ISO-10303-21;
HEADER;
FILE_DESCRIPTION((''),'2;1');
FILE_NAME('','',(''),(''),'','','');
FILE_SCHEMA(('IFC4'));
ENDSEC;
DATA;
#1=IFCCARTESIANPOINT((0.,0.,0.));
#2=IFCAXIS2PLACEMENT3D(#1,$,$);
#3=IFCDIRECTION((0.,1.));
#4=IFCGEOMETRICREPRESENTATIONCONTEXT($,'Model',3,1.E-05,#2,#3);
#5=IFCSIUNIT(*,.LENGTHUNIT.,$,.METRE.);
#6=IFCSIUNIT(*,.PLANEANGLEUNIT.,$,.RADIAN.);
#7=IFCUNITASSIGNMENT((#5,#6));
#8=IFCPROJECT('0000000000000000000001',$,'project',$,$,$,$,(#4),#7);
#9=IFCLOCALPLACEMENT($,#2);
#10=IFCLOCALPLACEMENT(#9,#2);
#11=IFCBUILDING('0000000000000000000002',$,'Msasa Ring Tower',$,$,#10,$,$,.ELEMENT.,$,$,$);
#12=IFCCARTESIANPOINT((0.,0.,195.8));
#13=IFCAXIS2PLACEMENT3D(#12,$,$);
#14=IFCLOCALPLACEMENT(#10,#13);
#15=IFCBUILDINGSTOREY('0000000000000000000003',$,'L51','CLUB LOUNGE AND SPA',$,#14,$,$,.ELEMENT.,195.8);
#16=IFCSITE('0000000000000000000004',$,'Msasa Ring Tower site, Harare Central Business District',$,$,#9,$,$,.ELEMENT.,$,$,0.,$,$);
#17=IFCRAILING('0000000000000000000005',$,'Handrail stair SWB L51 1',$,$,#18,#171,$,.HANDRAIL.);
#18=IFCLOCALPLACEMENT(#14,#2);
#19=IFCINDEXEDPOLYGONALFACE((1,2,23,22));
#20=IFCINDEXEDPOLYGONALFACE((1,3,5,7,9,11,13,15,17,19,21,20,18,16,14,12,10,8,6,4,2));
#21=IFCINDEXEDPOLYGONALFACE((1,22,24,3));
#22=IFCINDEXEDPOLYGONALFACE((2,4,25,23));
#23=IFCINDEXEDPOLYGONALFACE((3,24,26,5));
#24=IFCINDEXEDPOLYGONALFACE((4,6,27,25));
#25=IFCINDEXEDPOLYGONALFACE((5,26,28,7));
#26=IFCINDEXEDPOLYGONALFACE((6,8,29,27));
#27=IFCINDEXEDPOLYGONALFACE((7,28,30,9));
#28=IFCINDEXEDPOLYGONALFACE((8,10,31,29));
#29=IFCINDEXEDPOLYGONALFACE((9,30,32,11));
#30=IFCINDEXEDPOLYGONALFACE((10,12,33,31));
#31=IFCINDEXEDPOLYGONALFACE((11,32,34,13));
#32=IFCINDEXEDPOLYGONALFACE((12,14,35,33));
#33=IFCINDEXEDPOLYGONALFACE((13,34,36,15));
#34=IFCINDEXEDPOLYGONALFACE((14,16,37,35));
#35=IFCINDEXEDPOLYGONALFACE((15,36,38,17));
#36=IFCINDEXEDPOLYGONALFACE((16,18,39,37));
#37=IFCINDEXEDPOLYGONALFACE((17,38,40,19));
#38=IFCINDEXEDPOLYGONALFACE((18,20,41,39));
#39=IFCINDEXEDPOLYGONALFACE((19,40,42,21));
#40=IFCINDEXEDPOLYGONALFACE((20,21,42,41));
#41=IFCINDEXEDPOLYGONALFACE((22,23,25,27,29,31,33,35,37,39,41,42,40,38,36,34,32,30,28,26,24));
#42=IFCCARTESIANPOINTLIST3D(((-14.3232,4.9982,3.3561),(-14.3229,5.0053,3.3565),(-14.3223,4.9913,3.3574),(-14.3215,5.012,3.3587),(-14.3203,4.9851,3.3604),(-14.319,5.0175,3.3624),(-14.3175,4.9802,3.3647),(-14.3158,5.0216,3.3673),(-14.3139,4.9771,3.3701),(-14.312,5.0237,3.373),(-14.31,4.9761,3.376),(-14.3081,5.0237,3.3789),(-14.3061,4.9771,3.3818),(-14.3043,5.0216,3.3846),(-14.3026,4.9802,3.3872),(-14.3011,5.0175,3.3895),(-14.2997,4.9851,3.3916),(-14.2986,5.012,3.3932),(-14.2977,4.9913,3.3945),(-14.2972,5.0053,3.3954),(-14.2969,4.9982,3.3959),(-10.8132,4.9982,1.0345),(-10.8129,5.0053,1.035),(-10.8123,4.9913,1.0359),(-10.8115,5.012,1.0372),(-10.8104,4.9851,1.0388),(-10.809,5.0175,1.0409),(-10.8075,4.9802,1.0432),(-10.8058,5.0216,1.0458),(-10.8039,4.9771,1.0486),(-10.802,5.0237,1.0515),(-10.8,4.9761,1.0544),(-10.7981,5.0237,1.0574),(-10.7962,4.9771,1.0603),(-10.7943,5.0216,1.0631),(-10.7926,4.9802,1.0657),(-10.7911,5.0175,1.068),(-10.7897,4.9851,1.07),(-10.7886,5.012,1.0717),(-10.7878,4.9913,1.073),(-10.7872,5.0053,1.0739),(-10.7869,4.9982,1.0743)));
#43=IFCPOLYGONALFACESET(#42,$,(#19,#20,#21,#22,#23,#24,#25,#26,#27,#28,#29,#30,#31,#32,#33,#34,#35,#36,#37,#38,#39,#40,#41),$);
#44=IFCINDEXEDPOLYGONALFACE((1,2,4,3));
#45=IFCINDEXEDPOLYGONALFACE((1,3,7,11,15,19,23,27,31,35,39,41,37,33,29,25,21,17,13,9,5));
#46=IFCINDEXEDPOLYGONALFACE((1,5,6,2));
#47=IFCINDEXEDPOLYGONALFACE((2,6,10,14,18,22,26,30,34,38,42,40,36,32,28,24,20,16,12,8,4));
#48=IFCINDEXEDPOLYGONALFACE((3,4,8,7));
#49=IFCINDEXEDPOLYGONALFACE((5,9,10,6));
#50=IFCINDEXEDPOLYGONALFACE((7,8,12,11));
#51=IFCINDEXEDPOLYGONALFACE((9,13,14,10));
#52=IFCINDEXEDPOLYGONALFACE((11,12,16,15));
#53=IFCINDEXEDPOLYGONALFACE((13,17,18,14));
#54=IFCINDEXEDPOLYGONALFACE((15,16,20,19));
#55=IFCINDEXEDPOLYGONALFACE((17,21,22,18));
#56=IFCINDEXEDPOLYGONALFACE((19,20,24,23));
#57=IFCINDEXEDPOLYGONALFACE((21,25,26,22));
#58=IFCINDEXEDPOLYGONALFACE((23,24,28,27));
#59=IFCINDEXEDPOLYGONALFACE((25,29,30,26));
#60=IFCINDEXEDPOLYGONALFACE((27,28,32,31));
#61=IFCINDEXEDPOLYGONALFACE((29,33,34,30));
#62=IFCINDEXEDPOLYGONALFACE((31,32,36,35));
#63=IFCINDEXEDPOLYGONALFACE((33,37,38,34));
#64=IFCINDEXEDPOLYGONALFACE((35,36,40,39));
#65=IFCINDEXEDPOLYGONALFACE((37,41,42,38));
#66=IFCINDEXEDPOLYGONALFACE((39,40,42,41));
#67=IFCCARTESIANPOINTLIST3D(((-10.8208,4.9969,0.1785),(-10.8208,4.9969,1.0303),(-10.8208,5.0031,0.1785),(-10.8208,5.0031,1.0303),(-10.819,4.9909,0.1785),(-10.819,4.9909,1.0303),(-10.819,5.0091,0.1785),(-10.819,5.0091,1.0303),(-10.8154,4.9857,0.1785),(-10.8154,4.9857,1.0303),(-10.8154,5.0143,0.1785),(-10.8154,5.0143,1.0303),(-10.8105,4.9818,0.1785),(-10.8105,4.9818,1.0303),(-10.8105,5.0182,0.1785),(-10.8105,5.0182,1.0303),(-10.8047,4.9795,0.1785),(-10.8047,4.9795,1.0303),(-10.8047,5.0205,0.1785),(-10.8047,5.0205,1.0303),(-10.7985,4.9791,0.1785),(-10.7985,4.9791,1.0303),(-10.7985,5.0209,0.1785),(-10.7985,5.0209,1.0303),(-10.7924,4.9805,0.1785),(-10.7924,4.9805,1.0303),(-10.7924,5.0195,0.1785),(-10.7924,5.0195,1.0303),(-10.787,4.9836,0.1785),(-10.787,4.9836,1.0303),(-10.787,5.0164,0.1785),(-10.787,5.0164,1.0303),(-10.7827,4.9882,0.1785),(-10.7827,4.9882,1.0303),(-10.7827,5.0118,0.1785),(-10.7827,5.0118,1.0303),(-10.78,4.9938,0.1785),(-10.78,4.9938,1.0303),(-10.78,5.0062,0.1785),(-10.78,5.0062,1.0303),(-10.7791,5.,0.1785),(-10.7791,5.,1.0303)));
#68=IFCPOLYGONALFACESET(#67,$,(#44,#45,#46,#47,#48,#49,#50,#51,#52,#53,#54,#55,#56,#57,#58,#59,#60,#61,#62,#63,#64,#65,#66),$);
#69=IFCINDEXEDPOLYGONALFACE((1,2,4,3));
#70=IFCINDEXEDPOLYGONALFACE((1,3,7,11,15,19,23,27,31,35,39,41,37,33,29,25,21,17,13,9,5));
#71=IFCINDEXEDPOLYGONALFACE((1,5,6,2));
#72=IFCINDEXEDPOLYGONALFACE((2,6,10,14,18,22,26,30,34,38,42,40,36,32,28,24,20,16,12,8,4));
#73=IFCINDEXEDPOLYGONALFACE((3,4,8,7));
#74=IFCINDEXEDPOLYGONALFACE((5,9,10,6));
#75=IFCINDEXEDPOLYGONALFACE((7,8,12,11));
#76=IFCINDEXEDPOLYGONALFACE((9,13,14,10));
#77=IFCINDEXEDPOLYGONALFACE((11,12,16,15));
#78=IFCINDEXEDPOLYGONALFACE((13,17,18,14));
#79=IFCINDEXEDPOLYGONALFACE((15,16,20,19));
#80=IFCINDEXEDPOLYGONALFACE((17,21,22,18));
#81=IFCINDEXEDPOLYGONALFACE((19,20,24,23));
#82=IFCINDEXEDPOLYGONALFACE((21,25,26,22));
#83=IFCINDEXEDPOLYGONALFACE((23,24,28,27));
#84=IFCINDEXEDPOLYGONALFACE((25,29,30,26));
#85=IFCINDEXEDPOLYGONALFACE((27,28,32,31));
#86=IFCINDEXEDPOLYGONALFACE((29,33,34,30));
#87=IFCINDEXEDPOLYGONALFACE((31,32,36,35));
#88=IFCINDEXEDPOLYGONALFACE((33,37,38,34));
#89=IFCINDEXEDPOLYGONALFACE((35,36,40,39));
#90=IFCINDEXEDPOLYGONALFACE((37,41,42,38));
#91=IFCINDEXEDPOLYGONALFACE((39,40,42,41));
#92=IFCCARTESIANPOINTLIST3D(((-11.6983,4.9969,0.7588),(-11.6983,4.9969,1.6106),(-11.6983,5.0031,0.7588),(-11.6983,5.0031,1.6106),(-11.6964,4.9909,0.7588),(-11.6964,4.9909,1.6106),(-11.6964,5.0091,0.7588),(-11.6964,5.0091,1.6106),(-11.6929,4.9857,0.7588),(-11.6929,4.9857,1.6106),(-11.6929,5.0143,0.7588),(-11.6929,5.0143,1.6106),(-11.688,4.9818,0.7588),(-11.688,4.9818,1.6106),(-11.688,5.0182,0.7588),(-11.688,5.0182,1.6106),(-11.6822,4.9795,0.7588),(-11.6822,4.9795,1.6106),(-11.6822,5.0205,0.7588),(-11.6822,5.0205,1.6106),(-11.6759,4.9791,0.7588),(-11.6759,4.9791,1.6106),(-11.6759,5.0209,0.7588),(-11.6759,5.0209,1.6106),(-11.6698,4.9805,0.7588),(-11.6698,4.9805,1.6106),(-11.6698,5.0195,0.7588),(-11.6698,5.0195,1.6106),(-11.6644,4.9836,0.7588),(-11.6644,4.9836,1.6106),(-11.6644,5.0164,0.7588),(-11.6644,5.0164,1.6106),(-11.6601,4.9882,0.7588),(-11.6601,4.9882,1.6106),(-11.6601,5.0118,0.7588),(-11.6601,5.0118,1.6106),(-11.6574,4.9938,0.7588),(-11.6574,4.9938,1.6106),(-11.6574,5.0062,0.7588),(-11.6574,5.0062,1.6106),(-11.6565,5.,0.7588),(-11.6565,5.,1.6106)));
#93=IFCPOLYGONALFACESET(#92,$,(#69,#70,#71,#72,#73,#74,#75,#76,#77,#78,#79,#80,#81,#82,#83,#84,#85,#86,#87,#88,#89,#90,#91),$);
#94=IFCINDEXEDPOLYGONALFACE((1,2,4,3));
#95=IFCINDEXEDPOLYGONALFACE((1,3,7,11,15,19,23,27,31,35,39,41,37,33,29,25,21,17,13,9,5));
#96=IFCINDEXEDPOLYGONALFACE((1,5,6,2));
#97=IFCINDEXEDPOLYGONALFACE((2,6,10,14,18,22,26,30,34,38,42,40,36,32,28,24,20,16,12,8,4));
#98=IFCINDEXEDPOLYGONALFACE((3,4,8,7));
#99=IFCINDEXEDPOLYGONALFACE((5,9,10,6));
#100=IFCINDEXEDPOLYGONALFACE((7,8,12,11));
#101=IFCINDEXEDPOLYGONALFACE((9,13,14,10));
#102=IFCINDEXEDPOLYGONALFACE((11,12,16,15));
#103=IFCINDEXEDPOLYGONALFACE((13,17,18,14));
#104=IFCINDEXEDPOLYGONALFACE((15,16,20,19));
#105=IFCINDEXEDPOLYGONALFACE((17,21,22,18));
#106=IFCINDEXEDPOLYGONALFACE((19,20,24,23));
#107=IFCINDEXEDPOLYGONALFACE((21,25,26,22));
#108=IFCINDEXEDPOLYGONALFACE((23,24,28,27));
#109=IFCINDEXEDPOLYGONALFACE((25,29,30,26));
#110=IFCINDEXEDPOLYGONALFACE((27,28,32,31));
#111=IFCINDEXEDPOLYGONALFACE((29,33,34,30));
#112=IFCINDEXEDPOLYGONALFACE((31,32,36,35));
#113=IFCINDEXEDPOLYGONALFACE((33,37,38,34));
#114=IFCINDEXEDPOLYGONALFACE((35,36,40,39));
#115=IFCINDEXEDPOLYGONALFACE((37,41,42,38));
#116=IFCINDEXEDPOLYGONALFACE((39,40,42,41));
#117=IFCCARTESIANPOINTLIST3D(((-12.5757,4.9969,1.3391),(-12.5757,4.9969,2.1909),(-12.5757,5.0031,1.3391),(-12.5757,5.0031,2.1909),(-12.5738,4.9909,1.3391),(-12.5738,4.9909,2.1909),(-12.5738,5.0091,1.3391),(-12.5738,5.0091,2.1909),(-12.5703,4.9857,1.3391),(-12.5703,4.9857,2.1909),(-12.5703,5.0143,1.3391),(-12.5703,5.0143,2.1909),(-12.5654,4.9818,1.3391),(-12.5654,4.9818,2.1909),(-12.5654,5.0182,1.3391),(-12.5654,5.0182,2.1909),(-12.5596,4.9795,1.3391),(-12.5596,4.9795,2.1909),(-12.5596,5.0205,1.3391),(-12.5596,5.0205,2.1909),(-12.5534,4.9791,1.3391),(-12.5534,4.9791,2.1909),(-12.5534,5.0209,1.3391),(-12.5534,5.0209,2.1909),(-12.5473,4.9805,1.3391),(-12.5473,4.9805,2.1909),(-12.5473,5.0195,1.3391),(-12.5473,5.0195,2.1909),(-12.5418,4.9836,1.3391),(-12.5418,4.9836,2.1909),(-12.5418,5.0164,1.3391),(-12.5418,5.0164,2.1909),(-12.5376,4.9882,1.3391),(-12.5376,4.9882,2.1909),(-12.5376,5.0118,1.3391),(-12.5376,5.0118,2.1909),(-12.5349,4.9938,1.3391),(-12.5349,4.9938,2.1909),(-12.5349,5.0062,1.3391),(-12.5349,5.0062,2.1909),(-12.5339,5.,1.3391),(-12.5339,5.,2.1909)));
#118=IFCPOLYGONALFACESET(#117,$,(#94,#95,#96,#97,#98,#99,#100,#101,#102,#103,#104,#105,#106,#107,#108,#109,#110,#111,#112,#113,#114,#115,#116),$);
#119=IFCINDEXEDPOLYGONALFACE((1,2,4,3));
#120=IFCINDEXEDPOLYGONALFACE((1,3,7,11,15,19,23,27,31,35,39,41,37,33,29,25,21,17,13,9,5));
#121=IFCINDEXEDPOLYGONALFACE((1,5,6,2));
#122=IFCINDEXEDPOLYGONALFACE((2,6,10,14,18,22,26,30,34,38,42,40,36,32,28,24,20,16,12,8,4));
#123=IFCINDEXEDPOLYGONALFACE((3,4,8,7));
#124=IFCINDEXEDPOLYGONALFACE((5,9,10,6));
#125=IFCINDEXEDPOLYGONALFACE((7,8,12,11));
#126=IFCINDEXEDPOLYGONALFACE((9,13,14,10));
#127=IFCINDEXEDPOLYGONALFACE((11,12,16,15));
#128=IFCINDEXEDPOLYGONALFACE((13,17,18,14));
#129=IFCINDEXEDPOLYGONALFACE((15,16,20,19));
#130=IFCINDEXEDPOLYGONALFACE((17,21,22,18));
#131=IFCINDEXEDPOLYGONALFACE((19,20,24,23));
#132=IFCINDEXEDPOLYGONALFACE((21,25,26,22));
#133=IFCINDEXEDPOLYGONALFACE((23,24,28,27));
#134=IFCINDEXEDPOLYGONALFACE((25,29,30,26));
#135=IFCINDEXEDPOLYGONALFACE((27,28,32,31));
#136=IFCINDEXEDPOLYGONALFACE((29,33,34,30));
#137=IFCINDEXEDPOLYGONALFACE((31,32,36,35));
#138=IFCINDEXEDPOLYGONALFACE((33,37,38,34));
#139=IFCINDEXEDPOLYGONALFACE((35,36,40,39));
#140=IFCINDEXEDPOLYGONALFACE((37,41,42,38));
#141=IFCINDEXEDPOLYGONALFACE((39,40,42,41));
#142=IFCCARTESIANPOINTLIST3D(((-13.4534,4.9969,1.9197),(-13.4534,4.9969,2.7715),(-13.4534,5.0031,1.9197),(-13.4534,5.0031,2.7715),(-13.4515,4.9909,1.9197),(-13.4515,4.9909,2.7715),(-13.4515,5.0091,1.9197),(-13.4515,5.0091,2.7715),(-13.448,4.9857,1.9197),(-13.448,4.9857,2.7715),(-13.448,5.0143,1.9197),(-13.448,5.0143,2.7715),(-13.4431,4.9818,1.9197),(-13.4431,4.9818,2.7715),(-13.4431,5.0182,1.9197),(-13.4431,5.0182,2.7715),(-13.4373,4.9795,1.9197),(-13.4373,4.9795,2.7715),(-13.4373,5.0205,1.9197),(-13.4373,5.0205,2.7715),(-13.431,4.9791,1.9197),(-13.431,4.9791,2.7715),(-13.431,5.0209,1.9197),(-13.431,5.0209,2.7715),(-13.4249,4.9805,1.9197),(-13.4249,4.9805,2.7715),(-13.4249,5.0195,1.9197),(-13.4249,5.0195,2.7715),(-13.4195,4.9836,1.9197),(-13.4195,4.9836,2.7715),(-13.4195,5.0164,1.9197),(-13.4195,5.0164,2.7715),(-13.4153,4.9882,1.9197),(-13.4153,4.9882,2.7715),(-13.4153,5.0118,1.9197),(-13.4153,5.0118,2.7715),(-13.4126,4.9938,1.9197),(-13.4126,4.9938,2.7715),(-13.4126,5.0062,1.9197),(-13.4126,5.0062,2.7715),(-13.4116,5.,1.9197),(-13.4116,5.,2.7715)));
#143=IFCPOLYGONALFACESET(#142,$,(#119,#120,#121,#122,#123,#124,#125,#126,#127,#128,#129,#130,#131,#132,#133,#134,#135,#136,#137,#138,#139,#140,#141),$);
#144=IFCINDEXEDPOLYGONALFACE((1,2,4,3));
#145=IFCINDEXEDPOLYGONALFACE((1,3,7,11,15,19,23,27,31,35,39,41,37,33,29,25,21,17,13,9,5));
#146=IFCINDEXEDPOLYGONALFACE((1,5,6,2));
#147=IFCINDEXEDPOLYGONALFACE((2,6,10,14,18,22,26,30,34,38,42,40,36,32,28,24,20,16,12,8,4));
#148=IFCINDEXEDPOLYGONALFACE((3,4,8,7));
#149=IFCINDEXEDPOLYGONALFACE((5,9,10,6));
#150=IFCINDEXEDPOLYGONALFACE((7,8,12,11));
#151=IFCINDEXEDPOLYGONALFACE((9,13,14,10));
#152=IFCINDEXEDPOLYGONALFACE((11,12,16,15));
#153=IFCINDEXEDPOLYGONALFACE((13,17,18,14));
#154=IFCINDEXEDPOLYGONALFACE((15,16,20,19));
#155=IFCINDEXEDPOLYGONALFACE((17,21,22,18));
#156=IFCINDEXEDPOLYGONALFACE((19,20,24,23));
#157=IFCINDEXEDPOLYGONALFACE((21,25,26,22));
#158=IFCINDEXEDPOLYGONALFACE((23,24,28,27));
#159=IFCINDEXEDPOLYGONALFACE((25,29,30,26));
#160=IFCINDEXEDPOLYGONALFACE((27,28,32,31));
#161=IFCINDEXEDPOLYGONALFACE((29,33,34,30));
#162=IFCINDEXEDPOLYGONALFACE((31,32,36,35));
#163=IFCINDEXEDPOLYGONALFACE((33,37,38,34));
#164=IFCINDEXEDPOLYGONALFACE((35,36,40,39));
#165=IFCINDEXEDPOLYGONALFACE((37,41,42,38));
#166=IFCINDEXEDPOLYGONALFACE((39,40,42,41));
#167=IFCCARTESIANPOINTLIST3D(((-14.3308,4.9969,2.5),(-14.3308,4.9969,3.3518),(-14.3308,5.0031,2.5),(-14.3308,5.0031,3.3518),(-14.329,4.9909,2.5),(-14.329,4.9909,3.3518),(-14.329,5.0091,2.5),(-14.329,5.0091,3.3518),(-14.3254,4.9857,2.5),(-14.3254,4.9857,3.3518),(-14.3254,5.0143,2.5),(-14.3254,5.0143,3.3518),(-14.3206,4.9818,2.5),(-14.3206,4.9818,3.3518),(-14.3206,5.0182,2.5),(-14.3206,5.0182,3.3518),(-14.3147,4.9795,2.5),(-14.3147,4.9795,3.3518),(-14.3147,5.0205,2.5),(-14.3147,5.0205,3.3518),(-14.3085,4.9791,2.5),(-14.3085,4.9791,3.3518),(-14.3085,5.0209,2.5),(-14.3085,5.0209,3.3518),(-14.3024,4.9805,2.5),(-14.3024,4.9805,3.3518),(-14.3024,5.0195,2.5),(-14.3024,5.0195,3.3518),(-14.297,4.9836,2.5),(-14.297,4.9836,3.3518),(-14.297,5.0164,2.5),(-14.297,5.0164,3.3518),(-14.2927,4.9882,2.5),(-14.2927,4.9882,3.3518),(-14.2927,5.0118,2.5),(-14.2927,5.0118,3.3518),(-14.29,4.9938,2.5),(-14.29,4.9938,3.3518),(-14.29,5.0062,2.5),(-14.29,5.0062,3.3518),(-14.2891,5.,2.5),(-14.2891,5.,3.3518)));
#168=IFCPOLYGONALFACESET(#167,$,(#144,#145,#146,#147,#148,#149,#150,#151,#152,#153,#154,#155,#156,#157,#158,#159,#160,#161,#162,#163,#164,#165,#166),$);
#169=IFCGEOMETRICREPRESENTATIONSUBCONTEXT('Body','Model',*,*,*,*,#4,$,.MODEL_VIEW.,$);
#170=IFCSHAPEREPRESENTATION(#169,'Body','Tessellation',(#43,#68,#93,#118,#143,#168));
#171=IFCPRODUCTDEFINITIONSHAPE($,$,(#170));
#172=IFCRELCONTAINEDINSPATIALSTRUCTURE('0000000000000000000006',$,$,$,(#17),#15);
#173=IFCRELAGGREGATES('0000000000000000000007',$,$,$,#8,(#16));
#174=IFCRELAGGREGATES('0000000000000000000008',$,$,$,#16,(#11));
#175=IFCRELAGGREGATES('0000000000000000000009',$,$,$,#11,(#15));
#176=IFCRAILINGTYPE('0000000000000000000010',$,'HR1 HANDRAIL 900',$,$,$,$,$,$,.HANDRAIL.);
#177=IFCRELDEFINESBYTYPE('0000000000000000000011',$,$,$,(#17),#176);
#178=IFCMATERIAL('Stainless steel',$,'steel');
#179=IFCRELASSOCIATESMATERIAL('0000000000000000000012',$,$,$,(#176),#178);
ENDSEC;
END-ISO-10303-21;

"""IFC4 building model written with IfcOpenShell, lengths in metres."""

from ifc_helpers import new_model, si_unit, direction, frame, origin, origin_2d, place, context, subcontext, project, spatial, circle, extrude, material, type_object, element, save


model = new_model("IFC4")

# Units and contexts
model_context = context("Model", 3, precision=1e-05, world=origin(), true_north=direction((0.0, 1.0)))
body_context = subcontext(model_context, "Body", "Model", "MODEL_VIEW")
ifc_project = project(units=[si_unit("LENGTHUNIT", "METRE"), si_unit("PLANEANGLEUNIT", "RADIAN")], contexts=[model_context])

# Site, building, storey
site_placement = place(None, origin())
site = spatial("IfcSite", under=ifc_project, at=site_placement, Name="Msasa Ring Tower site, Harare Central Business District", CompositionType="ELEMENT", RefElevation=0.0)
building_placement = place(site_placement, origin())
building = spatial("IfcBuilding", under=site, at=building_placement, Name="Msasa Ring Tower", CompositionType="ELEMENT")
storey_placement = place(building_placement, frame((0.0, 0.0, 195.8)))
storey = spatial("IfcBuildingStorey", under=building, at=storey_placement, Name="L51", Description="CLUB LOUNGE AND SPA", CompositionType="ELEMENT", Elevation=195.8)

# Railing
ifc_material_1 = material(Name="Stainless steel", Category="steel")
railing_type = type_object("IfcRailingType", Name="HR1 HANDRAIL 900", PredefinedType="HANDRAIL", material=ifc_material_1)
for number, where, name in (
    (1, (-10.8, 5.0, 0.1785), "Handrail stair SWB L51 1"),
):
    element("IfcRailing", number, at=place(storey_placement, frame(where)), inside=storey, type_object=railing_type, Name=name, PredefinedType="HANDRAIL", context=body_context, shape_type="SweptSolid", body=[
        extrude(circle(Radius=0.0239, at=origin_2d()), frame((0.0, 0.0, 0.876), z_axis=(-0.834071, 0.0, 0.551657), x_axis=(0.0, -1.0, 0.0)), (0.0, 0.0, 1.0), 4.2083),
        extrude(circle(Radius=0.021, at=origin_2d()), origin(), (0.0, 0.0, 1.0), 0.8518),
        extrude(circle(Radius=0.021, at=origin_2d()), frame((-0.8774, 0.0, 0.5803)), (0.0, 0.0, 1.0), 0.8518),
        extrude(circle(Radius=0.021, at=origin_2d()), frame((-1.7549, 0.0, 1.1606)), (0.0, 0.0, 1.0), 0.8518),
        extrude(circle(Radius=0.021, at=origin_2d()), frame((-2.6326, 0.0, 1.7412)), (0.0, 0.0, 1.0), 0.8518),
        extrude(circle(Radius=0.021, at=origin_2d()), frame((-3.51, 0.0, 2.3215)), (0.0, 0.0, 1.0), 0.8518),
    ])

save(model, "model.ifc")
